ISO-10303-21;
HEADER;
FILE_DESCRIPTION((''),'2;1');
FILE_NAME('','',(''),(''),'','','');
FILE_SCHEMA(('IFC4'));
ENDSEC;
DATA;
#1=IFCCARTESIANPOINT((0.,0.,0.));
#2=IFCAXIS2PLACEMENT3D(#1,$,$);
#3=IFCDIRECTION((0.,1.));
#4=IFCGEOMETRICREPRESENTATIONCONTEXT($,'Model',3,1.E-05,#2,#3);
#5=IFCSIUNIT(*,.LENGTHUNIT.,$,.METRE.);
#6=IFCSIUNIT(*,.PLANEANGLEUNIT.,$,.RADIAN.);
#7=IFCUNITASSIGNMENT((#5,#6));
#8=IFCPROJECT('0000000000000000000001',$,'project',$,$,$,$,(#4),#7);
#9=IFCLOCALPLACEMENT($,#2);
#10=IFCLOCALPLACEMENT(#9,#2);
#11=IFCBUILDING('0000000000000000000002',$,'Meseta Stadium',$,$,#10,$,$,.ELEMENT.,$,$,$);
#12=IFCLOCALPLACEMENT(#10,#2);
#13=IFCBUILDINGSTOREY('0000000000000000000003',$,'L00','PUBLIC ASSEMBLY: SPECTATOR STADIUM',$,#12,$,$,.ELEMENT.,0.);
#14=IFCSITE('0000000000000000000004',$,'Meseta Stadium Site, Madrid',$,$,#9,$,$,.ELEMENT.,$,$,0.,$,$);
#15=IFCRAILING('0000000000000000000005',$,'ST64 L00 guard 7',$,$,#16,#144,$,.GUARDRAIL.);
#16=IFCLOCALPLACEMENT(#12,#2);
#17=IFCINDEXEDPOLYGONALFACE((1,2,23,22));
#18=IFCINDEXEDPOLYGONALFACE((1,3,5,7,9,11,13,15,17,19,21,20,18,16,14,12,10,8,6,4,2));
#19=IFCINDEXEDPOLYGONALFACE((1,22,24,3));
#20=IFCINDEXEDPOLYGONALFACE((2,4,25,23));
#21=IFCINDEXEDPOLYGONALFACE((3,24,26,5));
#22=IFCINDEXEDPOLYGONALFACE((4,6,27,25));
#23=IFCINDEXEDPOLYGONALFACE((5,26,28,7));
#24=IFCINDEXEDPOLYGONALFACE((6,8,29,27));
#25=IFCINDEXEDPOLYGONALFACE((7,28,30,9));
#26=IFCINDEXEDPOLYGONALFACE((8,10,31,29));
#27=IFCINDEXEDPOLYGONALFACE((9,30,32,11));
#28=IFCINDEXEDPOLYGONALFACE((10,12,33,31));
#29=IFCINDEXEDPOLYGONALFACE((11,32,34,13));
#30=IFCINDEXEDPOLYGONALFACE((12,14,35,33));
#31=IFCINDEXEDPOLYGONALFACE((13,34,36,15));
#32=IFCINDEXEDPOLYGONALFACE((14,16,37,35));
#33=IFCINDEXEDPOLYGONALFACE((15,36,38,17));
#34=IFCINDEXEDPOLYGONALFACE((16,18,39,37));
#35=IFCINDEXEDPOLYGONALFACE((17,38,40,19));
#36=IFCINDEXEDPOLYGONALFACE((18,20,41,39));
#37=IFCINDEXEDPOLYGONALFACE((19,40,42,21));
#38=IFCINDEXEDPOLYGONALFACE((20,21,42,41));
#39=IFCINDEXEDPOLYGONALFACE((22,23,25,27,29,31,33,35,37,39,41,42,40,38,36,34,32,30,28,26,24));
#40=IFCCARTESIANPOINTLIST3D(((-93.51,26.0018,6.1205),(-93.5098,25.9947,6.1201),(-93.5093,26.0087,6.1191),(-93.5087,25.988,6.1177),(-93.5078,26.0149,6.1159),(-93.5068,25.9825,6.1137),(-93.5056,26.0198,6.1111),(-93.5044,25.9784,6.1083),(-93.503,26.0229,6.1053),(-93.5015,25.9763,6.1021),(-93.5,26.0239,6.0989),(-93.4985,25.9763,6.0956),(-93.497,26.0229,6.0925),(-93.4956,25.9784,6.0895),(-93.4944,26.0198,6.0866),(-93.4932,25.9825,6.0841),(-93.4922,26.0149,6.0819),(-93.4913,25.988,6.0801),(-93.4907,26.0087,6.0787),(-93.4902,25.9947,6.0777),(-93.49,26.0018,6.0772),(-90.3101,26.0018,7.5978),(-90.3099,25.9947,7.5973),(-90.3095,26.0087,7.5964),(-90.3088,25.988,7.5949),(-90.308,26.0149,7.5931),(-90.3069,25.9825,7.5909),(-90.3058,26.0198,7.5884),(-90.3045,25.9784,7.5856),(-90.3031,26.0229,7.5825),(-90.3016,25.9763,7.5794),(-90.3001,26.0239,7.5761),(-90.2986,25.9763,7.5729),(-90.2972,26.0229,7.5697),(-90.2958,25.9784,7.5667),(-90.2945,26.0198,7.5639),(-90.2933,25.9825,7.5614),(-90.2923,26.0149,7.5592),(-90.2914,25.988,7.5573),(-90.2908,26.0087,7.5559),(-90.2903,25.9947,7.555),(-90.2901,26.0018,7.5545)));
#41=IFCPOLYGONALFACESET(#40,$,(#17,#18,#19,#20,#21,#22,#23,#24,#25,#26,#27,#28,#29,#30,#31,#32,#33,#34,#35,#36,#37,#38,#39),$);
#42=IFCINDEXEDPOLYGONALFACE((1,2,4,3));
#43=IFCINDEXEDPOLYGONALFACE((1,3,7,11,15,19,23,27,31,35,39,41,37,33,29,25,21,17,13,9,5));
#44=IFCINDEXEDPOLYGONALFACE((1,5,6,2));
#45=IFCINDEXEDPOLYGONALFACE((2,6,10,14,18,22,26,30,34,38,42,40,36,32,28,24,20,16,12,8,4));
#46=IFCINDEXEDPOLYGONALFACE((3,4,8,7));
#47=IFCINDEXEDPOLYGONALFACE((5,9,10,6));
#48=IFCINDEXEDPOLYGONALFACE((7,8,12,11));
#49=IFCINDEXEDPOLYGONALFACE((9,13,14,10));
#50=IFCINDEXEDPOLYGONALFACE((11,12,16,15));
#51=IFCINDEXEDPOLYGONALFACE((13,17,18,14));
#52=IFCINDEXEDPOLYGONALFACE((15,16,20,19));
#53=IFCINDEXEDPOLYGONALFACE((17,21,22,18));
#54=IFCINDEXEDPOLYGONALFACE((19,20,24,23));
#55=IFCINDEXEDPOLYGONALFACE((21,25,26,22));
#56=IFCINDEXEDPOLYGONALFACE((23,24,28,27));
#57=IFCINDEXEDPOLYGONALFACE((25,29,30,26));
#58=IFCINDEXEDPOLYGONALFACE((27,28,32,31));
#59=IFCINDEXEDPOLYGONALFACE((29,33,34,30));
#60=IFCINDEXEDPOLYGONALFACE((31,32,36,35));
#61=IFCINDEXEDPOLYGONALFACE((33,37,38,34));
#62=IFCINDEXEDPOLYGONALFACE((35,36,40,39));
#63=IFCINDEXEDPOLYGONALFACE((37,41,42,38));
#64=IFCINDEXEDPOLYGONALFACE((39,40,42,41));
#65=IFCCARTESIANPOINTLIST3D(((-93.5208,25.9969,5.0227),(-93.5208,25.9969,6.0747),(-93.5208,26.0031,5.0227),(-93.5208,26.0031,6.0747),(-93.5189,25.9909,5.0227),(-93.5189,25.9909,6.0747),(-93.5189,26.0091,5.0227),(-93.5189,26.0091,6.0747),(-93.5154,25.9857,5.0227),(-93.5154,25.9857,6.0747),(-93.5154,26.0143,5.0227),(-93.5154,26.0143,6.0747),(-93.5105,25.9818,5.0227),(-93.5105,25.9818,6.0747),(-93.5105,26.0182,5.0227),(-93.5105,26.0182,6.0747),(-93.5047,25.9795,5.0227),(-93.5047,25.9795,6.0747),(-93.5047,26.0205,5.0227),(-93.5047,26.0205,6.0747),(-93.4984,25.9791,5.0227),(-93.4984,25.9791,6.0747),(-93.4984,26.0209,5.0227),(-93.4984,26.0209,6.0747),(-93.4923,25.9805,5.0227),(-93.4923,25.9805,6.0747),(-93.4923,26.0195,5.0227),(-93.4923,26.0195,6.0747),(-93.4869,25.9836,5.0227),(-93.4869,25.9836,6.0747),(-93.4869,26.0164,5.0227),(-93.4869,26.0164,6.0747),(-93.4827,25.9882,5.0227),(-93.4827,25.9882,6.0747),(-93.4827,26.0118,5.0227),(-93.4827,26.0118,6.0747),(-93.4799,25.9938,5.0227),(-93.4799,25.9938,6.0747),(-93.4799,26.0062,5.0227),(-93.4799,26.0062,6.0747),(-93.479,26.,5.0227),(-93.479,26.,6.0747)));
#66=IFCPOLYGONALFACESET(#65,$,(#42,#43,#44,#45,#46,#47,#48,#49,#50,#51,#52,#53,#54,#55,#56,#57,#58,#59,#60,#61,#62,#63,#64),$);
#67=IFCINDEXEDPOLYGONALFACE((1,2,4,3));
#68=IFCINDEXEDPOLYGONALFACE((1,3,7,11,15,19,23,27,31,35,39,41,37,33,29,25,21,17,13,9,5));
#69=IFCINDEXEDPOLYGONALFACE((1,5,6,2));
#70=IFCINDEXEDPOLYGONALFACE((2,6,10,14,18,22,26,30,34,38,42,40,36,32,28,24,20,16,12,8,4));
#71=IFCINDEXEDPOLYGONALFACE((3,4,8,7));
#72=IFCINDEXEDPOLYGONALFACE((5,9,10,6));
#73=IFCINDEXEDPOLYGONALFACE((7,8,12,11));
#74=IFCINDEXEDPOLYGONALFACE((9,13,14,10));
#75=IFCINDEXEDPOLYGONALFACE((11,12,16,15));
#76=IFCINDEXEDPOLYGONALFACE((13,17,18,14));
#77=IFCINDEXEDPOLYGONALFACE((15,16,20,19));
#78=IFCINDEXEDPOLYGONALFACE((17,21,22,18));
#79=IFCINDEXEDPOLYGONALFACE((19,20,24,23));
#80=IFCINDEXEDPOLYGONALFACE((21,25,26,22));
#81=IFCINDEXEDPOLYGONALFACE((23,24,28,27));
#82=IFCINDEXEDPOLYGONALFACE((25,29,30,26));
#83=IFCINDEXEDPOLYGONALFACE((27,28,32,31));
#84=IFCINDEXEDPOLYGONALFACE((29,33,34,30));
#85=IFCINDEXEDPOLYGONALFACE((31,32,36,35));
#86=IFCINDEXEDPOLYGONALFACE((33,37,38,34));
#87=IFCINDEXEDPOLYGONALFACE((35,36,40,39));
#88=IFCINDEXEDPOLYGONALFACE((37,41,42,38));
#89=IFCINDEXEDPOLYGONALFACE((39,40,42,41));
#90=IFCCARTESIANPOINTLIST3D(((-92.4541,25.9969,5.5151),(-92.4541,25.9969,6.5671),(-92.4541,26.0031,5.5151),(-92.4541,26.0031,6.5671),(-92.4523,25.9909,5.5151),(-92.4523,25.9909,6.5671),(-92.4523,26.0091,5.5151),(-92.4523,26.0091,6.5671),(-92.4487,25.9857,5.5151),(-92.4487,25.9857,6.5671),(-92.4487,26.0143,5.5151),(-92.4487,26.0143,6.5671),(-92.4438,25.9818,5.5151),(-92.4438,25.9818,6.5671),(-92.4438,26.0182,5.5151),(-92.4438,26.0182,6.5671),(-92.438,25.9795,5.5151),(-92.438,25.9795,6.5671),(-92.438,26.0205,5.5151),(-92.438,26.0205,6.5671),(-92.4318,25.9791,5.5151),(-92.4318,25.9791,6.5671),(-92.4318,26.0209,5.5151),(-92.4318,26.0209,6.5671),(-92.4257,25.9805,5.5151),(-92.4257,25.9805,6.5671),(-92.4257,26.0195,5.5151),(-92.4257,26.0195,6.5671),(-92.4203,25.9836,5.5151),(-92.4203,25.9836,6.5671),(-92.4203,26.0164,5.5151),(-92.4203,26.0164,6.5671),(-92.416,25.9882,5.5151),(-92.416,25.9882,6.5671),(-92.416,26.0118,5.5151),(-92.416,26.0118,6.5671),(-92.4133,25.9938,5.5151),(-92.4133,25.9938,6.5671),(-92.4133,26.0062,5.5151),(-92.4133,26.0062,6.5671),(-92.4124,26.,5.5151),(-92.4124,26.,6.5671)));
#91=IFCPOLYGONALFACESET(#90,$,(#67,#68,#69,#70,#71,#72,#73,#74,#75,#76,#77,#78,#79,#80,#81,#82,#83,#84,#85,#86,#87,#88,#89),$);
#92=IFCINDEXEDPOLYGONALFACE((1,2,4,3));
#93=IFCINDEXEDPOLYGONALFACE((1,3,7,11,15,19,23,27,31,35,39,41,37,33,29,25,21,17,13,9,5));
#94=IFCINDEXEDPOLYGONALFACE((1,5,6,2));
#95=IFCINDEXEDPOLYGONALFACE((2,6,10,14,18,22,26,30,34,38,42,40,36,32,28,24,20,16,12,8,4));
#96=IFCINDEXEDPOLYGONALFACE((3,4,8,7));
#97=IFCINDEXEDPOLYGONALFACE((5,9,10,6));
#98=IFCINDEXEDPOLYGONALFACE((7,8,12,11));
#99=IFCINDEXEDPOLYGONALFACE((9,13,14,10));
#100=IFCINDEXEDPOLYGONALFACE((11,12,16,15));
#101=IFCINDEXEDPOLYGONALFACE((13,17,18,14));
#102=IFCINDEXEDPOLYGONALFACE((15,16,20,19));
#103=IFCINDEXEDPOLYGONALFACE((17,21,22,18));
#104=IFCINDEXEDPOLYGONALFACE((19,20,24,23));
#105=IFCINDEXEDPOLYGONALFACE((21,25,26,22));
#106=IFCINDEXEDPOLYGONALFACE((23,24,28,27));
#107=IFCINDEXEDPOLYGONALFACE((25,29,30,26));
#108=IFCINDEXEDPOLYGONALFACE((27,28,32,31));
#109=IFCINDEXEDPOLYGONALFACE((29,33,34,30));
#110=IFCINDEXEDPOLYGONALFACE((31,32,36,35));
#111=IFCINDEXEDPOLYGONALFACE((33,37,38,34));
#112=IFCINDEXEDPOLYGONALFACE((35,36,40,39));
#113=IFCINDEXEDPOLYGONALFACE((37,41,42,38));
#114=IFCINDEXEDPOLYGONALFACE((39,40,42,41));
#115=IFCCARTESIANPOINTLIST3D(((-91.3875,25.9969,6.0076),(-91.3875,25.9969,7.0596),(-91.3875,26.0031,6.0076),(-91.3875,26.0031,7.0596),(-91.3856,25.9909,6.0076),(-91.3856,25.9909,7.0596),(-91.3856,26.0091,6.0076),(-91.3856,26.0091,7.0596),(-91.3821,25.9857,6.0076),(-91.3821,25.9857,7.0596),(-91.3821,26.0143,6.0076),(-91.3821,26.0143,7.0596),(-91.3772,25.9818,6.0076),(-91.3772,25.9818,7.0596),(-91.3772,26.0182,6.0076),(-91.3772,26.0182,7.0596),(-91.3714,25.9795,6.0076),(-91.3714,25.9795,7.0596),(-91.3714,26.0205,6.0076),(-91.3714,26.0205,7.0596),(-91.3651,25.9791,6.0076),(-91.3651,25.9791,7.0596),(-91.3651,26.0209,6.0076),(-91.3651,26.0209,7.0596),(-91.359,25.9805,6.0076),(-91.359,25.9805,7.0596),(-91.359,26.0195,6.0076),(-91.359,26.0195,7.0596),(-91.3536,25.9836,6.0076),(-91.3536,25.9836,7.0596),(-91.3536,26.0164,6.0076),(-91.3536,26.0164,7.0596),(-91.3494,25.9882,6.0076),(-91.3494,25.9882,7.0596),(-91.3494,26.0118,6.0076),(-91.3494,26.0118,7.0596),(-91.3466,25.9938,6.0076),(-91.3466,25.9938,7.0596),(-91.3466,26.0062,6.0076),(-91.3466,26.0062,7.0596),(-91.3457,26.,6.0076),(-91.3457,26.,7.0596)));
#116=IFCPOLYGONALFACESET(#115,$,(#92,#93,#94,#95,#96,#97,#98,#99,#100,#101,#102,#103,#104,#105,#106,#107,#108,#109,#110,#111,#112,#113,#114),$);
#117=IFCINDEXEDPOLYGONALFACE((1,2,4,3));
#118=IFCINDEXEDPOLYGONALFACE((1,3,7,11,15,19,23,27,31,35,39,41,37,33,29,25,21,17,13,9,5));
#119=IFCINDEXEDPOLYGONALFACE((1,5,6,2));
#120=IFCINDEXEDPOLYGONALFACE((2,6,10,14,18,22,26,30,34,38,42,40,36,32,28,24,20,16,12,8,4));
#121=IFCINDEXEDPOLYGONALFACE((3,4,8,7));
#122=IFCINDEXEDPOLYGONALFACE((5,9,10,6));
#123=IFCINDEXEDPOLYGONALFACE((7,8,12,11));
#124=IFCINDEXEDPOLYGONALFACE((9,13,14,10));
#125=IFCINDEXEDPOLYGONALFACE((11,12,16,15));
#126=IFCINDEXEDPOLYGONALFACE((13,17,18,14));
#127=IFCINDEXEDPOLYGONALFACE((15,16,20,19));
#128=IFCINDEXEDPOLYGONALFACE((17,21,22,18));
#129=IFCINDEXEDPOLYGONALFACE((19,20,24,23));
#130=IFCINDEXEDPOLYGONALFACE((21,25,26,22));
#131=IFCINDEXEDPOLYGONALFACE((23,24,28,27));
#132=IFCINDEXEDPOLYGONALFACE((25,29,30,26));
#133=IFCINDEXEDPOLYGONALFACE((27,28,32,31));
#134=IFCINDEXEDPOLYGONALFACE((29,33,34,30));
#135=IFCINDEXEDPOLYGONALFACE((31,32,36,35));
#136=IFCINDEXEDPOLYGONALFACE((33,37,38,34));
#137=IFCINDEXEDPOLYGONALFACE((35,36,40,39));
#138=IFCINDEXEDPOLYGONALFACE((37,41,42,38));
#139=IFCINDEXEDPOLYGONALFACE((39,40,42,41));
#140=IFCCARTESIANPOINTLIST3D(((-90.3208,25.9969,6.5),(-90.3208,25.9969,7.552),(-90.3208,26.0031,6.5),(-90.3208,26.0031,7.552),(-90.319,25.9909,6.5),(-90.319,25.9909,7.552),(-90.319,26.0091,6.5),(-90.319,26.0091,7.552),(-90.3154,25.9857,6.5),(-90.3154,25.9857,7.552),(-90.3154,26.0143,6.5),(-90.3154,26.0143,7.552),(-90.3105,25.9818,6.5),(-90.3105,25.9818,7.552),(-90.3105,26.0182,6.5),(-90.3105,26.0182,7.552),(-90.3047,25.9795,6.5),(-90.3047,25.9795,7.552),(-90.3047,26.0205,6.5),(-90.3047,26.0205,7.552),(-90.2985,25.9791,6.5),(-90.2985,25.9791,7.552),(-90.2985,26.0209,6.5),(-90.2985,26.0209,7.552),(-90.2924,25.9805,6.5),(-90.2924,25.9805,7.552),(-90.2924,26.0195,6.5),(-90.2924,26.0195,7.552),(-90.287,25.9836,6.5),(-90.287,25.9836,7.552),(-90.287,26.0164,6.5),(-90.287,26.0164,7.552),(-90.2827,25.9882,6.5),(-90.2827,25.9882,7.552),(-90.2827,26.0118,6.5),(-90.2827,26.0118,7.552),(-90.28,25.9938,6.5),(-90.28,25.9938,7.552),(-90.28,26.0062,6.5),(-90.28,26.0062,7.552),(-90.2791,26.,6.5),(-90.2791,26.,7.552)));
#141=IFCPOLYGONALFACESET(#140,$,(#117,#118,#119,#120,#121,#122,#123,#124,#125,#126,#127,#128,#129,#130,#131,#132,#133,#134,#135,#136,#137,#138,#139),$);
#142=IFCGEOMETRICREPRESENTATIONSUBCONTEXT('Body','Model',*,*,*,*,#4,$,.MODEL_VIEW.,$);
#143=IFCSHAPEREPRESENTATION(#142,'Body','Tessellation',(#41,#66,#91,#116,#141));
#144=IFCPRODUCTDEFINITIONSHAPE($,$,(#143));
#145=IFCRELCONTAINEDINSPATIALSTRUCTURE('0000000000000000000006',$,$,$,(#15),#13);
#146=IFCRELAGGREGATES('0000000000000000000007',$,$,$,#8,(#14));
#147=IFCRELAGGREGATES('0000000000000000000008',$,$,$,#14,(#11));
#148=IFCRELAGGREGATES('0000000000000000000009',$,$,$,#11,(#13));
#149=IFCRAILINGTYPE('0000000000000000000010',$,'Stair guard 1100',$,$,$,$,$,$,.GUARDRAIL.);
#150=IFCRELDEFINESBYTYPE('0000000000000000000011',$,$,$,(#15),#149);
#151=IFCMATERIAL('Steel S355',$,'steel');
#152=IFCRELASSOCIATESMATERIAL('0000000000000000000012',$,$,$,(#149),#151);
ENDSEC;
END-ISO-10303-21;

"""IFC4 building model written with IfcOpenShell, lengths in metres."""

from ifc_helpers import new_model, si_unit, direction, frame, origin, origin_2d, place, context, subcontext, project, spatial, circle, extrude, material, type_object, element, save


model = new_model("IFC4")

# Units and contexts
model_context = context("Model", 3, precision=1e-05, world=origin(), true_north=direction((0.0, 1.0)))
body_context = subcontext(model_context, "Body", "Model", "MODEL_VIEW")
ifc_project = project(units=[si_unit("LENGTHUNIT", "METRE"), si_unit("PLANEANGLEUNIT", "RADIAN")], contexts=[model_context])

# Site, building, storey
site_placement = place(None, origin())
site = spatial("IfcSite", under=ifc_project, at=site_placement, Name="Meseta Stadium Site, Madrid", CompositionType="ELEMENT", RefElevation=0.0)
building_placement = place(site_placement, origin())
building = spatial("IfcBuilding", under=site, at=building_placement, Name="Meseta Stadium", CompositionType="ELEMENT")
storey_placement = place(building_placement, origin())
storey = spatial("IfcBuildingStorey", under=building, at=storey_placement, Name="L00", Description="PUBLIC ASSEMBLY: SPECTATOR STADIUM", CompositionType="ELEMENT", Elevation=0.0)

# Railing
ifc_material_1 = material(Name="Steel S355", Category="steel")
railing_type_1 = type_object("IfcRailingType", Name="Stair guard 1100", PredefinedType="GUARDRAIL", material=ifc_material_1)
railing_1_placement = place(storey_placement, frame((-93.5, 26.0, 5.0227)))
element("IfcRailing", 1, at=railing_1_placement, inside=storey, type_object=railing_type_1, Name="ST64 L00 guard 7", PredefinedType="GUARDRAIL", context=body_context, shape_type="SweptSolid", body=[
    extrude(circle(Radius=0.0239, at=origin_2d()), frame((0.0, 0.0, 1.0762), z_axis=(0.907917, 0.0, 0.41915), x_axis=(0.0, 1.0, 0.0)), (0.0, 0.0, 1.0), 3.5244),
    extrude(circle(Radius=0.021, at=origin_2d()), origin(), (0.0, 0.0, 1.0), 1.052),
    extrude(circle(Radius=0.021, at=origin_2d()), frame((1.0667, 0.0, 0.4924)), (0.0, 0.0, 1.0), 1.052),
    extrude(circle(Radius=0.021, at=origin_2d()), frame((2.1333, 0.0, 0.9849)), (0.0, 0.0, 1.0), 1.052),
    extrude(circle(Radius=0.021, at=origin_2d()), frame((3.2, 0.0, 1.4773)), (0.0, 0.0, 1.0), 1.052),
])

save(model, "model.ifc")
